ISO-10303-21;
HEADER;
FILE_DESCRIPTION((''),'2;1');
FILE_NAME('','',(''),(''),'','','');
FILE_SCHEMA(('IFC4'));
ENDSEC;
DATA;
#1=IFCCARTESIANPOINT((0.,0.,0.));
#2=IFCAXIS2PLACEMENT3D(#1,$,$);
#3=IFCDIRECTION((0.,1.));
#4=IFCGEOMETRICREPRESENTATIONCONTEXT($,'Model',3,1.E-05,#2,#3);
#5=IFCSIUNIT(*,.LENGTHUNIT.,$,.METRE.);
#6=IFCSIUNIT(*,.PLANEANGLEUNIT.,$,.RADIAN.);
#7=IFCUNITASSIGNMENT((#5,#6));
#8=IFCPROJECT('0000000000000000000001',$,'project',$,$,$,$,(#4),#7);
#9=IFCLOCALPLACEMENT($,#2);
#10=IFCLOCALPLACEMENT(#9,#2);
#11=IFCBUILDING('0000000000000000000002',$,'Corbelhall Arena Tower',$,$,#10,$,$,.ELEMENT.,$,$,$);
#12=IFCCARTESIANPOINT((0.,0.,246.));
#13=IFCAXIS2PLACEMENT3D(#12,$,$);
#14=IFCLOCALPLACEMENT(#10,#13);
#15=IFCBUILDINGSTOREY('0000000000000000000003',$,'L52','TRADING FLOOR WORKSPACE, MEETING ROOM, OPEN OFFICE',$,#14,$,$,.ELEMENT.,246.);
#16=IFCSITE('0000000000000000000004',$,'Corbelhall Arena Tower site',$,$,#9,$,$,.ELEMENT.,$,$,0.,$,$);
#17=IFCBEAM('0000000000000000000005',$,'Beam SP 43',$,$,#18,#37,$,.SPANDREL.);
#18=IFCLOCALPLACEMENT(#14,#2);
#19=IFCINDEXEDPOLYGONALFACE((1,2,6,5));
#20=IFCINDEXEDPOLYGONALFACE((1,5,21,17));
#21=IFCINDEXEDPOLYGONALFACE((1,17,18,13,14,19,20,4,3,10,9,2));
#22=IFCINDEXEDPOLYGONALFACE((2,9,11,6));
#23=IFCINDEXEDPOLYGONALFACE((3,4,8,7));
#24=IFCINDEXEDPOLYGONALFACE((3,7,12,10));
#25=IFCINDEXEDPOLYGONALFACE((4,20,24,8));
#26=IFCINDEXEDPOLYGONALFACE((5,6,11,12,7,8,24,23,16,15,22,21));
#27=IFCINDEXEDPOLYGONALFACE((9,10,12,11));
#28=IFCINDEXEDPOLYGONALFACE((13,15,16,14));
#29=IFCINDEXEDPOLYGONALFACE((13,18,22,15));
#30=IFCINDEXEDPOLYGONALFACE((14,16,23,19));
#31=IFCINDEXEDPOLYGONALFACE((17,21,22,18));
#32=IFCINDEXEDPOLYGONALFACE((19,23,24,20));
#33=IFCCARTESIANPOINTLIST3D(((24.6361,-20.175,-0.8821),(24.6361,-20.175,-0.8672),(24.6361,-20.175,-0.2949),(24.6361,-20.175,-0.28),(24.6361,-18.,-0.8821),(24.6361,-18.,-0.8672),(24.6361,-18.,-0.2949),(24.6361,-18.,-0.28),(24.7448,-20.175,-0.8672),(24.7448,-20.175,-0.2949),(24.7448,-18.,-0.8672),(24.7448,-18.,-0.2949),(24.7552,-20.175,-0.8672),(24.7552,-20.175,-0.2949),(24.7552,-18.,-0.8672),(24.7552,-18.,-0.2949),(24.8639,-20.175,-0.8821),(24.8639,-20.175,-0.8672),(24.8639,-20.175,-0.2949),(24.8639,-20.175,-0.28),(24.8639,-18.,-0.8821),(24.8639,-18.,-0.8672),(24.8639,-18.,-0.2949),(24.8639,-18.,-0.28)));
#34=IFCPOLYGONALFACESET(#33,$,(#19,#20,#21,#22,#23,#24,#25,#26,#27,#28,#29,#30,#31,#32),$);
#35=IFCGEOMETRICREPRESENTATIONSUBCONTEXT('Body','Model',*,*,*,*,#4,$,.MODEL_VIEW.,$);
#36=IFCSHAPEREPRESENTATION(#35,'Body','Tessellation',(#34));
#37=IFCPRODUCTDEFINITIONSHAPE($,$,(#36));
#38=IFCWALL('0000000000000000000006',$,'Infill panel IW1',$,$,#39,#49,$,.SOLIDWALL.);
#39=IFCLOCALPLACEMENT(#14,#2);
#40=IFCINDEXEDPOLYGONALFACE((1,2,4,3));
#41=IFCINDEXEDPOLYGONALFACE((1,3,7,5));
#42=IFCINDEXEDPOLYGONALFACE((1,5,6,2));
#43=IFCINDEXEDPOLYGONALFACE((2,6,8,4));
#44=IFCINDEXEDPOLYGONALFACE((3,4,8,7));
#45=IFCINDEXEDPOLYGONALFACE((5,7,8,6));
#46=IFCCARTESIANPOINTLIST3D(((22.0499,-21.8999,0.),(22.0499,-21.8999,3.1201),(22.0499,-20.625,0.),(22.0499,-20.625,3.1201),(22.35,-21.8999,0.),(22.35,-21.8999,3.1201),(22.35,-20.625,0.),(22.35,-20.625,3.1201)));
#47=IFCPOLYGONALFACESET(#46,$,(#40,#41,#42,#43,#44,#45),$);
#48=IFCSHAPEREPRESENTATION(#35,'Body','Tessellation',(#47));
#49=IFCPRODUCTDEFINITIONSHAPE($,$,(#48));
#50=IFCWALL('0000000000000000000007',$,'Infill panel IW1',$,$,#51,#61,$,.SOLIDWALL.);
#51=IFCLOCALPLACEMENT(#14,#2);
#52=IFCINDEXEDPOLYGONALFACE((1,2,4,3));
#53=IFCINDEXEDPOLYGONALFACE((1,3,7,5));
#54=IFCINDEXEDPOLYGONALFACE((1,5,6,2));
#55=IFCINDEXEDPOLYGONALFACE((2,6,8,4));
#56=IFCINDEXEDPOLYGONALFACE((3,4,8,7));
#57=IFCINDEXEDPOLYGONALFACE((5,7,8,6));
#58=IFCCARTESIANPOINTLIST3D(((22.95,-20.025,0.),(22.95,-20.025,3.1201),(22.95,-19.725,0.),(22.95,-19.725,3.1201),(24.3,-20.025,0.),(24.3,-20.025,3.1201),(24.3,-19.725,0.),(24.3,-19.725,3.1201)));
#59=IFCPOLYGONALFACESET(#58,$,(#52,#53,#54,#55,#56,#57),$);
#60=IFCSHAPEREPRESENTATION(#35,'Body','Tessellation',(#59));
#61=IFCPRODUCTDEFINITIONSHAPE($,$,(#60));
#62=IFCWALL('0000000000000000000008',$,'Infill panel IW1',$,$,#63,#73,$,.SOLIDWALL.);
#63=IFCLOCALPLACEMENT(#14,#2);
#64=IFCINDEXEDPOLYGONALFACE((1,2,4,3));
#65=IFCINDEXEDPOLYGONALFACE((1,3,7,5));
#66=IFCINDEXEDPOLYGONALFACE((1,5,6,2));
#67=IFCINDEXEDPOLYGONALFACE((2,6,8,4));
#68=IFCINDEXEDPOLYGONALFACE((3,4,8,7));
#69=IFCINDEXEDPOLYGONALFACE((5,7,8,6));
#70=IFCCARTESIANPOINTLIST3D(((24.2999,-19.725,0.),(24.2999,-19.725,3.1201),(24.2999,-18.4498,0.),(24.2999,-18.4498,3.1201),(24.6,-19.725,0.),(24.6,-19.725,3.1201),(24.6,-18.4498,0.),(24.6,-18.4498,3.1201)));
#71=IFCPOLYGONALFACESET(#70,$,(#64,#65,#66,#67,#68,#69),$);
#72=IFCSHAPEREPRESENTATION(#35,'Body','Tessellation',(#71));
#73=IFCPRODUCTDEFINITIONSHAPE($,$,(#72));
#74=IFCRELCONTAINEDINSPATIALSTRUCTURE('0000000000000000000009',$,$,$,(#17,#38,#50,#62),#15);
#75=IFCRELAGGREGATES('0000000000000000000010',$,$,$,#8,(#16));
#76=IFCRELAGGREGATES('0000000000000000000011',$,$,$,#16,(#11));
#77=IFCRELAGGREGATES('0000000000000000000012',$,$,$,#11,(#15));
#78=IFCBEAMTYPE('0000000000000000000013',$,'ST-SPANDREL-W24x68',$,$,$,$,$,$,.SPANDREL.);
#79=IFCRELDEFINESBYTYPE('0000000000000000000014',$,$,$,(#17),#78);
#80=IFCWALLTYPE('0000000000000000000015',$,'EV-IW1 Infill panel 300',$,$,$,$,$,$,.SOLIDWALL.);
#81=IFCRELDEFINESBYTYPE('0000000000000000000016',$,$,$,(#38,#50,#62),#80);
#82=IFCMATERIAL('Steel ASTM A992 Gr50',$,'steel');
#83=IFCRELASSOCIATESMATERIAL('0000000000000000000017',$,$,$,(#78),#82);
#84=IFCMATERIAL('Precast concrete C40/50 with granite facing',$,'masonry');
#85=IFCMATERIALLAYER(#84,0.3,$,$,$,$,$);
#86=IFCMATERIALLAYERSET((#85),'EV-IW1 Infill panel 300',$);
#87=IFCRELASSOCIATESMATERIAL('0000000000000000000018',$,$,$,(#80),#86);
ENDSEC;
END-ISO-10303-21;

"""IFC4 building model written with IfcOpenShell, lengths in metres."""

from ifc_helpers import new_model, si_unit, direction, frame, frame_2d, origin, origin_2d, place, context, subcontext, project, spatial, rectangle, i_section, extrude, material, layer, layer_set, material_profile, profile_set, type_object, element, save


model = new_model("IFC4")

# Units and contexts
model_context = context("Model", 3, precision=1e-05, world=origin(), true_north=direction((0.0, 1.0)))
body_context = subcontext(model_context, "Body", "Model", "MODEL_VIEW")
ifc_project = project(units=[si_unit("LENGTHUNIT", "METRE"), si_unit("PLANEANGLEUNIT", "RADIAN")], contexts=[model_context])

# Site, building, storey
site_placement = place(None, origin())
site = spatial("IfcSite", under=ifc_project, at=site_placement, Name="Corbelhall Arena Tower site", CompositionType="ELEMENT", RefElevation=0.0)
building_placement = place(site_placement, origin())
building = spatial("IfcBuilding", under=site, at=building_placement, Name="Corbelhall Arena Tower", CompositionType="ELEMENT")
storey_placement = place(building_placement, frame((0.0, 0.0, 246.0)))
storey = spatial("IfcBuildingStorey", under=building, at=storey_placement, Name="L52", Description="TRADING FLOOR WORKSPACE, MEETING ROOM, OPEN OFFICE", CompositionType="ELEMENT", Elevation=246.0)

# Beam
ifc_material_1 = material(Name="Steel ASTM A992 Gr50", Category="steel")
ifc_material_profile_1 = material_profile(ifc_material_1, i_section(OverallWidth=0.2278, OverallDepth=0.6021, WebThickness=0.0105, FlangeThickness=0.0149, at=origin_2d()))
ifc_profile_set_1 = profile_set([ifc_material_profile_1], Name="Steel ASTM A992 Gr50")
beam_type = type_object("IfcBeamType", Name="ST-SPANDREL-W24x68", PredefinedType="SPANDREL", material=ifc_profile_set_1)
beam_1_placement = place(storey_placement, frame((24.75, -18.0, -0.5811), z_axis=(0.0, -1.0, 0.0), x_axis=(1.0, 0.0, 0.0)))
element("IfcBeam", 1, at=beam_1_placement, inside=storey, type_object=beam_type, Name="Beam SP 43", PredefinedType="SPANDREL", context=body_context, shape_type="SweptSolid", body=[
    extrude(i_section(OverallWidth=0.2278, OverallDepth=0.6021, WebThickness=0.0105, FlangeThickness=0.0149, at=origin_2d()), origin(), (0.0, 0.0, 1.0), 2.175),
])

# Shared definitions
ifc_material_2 = material(Name="Precast concrete C40/50 with granite facing", Category="masonry")
ifc_layer_1 = layer(ifc_material_2, 0.3)
ifc_layer_set_1 = layer_set([ifc_layer_1], Name="EV-IW1 Infill panel 300")
wall_type_1 = type_object("IfcWallType", Name="EV-IW1 Infill panel 300", PredefinedType="SOLIDWALL", material=ifc_layer_set_1)

# Walls
wall_1_placement = place(storey_placement, frame((22.2, -21.8999, 0.0), z_axis=(0.0, 0.0, 1.0), x_axis=(0.0, 1.0, 0.0)))
element("IfcWall", 2, at=wall_1_placement, inside=storey, type_object=wall_type_1, Name="Infill panel IW1", PredefinedType="SOLIDWALL", context=body_context, shape_type="SweptSolid", body=[
    extrude(rectangle(XDim=1.2749, YDim=0.3, at=frame_2d((0.6375, 0.0))), origin(), (0.0, 0.0, 1.0), 3.1201),
])
wall_2_placement = place(storey_placement, frame((22.95, -19.875, 0.0), z_axis=(0.0, 0.0, 1.0), x_axis=(1.0, 0.0, 0.0)))
element("IfcWall", 3, at=wall_2_placement, inside=storey, type_object=wall_type_1, Name="Infill panel IW1", PredefinedType="SOLIDWALL", context=body_context, shape_type="SweptSolid", body=[
    extrude(rectangle(XDim=1.3501, YDim=0.3, at=frame_2d((0.675, 0.0))), origin(), (0.0, 0.0, 1.0), 3.1201),
])
wall_3_placement = place(storey_placement, frame((24.45, -19.7251, 0.0), z_axis=(0.0, 0.0, 1.0), x_axis=(0.0, 1.0, 0.0)))
element("IfcWall", 4, at=wall_3_placement, inside=storey, type_object=wall_type_1, Name="Infill panel IW1", PredefinedType="SOLIDWALL", context=body_context, shape_type="SweptSolid", body=[
    extrude(rectangle(XDim=1.2751, YDim=0.3, at=frame_2d((0.6377, 0.0))), origin(), (0.0, 0.0, 1.0), 3.1201),
])

save(model, "model.ifc")
